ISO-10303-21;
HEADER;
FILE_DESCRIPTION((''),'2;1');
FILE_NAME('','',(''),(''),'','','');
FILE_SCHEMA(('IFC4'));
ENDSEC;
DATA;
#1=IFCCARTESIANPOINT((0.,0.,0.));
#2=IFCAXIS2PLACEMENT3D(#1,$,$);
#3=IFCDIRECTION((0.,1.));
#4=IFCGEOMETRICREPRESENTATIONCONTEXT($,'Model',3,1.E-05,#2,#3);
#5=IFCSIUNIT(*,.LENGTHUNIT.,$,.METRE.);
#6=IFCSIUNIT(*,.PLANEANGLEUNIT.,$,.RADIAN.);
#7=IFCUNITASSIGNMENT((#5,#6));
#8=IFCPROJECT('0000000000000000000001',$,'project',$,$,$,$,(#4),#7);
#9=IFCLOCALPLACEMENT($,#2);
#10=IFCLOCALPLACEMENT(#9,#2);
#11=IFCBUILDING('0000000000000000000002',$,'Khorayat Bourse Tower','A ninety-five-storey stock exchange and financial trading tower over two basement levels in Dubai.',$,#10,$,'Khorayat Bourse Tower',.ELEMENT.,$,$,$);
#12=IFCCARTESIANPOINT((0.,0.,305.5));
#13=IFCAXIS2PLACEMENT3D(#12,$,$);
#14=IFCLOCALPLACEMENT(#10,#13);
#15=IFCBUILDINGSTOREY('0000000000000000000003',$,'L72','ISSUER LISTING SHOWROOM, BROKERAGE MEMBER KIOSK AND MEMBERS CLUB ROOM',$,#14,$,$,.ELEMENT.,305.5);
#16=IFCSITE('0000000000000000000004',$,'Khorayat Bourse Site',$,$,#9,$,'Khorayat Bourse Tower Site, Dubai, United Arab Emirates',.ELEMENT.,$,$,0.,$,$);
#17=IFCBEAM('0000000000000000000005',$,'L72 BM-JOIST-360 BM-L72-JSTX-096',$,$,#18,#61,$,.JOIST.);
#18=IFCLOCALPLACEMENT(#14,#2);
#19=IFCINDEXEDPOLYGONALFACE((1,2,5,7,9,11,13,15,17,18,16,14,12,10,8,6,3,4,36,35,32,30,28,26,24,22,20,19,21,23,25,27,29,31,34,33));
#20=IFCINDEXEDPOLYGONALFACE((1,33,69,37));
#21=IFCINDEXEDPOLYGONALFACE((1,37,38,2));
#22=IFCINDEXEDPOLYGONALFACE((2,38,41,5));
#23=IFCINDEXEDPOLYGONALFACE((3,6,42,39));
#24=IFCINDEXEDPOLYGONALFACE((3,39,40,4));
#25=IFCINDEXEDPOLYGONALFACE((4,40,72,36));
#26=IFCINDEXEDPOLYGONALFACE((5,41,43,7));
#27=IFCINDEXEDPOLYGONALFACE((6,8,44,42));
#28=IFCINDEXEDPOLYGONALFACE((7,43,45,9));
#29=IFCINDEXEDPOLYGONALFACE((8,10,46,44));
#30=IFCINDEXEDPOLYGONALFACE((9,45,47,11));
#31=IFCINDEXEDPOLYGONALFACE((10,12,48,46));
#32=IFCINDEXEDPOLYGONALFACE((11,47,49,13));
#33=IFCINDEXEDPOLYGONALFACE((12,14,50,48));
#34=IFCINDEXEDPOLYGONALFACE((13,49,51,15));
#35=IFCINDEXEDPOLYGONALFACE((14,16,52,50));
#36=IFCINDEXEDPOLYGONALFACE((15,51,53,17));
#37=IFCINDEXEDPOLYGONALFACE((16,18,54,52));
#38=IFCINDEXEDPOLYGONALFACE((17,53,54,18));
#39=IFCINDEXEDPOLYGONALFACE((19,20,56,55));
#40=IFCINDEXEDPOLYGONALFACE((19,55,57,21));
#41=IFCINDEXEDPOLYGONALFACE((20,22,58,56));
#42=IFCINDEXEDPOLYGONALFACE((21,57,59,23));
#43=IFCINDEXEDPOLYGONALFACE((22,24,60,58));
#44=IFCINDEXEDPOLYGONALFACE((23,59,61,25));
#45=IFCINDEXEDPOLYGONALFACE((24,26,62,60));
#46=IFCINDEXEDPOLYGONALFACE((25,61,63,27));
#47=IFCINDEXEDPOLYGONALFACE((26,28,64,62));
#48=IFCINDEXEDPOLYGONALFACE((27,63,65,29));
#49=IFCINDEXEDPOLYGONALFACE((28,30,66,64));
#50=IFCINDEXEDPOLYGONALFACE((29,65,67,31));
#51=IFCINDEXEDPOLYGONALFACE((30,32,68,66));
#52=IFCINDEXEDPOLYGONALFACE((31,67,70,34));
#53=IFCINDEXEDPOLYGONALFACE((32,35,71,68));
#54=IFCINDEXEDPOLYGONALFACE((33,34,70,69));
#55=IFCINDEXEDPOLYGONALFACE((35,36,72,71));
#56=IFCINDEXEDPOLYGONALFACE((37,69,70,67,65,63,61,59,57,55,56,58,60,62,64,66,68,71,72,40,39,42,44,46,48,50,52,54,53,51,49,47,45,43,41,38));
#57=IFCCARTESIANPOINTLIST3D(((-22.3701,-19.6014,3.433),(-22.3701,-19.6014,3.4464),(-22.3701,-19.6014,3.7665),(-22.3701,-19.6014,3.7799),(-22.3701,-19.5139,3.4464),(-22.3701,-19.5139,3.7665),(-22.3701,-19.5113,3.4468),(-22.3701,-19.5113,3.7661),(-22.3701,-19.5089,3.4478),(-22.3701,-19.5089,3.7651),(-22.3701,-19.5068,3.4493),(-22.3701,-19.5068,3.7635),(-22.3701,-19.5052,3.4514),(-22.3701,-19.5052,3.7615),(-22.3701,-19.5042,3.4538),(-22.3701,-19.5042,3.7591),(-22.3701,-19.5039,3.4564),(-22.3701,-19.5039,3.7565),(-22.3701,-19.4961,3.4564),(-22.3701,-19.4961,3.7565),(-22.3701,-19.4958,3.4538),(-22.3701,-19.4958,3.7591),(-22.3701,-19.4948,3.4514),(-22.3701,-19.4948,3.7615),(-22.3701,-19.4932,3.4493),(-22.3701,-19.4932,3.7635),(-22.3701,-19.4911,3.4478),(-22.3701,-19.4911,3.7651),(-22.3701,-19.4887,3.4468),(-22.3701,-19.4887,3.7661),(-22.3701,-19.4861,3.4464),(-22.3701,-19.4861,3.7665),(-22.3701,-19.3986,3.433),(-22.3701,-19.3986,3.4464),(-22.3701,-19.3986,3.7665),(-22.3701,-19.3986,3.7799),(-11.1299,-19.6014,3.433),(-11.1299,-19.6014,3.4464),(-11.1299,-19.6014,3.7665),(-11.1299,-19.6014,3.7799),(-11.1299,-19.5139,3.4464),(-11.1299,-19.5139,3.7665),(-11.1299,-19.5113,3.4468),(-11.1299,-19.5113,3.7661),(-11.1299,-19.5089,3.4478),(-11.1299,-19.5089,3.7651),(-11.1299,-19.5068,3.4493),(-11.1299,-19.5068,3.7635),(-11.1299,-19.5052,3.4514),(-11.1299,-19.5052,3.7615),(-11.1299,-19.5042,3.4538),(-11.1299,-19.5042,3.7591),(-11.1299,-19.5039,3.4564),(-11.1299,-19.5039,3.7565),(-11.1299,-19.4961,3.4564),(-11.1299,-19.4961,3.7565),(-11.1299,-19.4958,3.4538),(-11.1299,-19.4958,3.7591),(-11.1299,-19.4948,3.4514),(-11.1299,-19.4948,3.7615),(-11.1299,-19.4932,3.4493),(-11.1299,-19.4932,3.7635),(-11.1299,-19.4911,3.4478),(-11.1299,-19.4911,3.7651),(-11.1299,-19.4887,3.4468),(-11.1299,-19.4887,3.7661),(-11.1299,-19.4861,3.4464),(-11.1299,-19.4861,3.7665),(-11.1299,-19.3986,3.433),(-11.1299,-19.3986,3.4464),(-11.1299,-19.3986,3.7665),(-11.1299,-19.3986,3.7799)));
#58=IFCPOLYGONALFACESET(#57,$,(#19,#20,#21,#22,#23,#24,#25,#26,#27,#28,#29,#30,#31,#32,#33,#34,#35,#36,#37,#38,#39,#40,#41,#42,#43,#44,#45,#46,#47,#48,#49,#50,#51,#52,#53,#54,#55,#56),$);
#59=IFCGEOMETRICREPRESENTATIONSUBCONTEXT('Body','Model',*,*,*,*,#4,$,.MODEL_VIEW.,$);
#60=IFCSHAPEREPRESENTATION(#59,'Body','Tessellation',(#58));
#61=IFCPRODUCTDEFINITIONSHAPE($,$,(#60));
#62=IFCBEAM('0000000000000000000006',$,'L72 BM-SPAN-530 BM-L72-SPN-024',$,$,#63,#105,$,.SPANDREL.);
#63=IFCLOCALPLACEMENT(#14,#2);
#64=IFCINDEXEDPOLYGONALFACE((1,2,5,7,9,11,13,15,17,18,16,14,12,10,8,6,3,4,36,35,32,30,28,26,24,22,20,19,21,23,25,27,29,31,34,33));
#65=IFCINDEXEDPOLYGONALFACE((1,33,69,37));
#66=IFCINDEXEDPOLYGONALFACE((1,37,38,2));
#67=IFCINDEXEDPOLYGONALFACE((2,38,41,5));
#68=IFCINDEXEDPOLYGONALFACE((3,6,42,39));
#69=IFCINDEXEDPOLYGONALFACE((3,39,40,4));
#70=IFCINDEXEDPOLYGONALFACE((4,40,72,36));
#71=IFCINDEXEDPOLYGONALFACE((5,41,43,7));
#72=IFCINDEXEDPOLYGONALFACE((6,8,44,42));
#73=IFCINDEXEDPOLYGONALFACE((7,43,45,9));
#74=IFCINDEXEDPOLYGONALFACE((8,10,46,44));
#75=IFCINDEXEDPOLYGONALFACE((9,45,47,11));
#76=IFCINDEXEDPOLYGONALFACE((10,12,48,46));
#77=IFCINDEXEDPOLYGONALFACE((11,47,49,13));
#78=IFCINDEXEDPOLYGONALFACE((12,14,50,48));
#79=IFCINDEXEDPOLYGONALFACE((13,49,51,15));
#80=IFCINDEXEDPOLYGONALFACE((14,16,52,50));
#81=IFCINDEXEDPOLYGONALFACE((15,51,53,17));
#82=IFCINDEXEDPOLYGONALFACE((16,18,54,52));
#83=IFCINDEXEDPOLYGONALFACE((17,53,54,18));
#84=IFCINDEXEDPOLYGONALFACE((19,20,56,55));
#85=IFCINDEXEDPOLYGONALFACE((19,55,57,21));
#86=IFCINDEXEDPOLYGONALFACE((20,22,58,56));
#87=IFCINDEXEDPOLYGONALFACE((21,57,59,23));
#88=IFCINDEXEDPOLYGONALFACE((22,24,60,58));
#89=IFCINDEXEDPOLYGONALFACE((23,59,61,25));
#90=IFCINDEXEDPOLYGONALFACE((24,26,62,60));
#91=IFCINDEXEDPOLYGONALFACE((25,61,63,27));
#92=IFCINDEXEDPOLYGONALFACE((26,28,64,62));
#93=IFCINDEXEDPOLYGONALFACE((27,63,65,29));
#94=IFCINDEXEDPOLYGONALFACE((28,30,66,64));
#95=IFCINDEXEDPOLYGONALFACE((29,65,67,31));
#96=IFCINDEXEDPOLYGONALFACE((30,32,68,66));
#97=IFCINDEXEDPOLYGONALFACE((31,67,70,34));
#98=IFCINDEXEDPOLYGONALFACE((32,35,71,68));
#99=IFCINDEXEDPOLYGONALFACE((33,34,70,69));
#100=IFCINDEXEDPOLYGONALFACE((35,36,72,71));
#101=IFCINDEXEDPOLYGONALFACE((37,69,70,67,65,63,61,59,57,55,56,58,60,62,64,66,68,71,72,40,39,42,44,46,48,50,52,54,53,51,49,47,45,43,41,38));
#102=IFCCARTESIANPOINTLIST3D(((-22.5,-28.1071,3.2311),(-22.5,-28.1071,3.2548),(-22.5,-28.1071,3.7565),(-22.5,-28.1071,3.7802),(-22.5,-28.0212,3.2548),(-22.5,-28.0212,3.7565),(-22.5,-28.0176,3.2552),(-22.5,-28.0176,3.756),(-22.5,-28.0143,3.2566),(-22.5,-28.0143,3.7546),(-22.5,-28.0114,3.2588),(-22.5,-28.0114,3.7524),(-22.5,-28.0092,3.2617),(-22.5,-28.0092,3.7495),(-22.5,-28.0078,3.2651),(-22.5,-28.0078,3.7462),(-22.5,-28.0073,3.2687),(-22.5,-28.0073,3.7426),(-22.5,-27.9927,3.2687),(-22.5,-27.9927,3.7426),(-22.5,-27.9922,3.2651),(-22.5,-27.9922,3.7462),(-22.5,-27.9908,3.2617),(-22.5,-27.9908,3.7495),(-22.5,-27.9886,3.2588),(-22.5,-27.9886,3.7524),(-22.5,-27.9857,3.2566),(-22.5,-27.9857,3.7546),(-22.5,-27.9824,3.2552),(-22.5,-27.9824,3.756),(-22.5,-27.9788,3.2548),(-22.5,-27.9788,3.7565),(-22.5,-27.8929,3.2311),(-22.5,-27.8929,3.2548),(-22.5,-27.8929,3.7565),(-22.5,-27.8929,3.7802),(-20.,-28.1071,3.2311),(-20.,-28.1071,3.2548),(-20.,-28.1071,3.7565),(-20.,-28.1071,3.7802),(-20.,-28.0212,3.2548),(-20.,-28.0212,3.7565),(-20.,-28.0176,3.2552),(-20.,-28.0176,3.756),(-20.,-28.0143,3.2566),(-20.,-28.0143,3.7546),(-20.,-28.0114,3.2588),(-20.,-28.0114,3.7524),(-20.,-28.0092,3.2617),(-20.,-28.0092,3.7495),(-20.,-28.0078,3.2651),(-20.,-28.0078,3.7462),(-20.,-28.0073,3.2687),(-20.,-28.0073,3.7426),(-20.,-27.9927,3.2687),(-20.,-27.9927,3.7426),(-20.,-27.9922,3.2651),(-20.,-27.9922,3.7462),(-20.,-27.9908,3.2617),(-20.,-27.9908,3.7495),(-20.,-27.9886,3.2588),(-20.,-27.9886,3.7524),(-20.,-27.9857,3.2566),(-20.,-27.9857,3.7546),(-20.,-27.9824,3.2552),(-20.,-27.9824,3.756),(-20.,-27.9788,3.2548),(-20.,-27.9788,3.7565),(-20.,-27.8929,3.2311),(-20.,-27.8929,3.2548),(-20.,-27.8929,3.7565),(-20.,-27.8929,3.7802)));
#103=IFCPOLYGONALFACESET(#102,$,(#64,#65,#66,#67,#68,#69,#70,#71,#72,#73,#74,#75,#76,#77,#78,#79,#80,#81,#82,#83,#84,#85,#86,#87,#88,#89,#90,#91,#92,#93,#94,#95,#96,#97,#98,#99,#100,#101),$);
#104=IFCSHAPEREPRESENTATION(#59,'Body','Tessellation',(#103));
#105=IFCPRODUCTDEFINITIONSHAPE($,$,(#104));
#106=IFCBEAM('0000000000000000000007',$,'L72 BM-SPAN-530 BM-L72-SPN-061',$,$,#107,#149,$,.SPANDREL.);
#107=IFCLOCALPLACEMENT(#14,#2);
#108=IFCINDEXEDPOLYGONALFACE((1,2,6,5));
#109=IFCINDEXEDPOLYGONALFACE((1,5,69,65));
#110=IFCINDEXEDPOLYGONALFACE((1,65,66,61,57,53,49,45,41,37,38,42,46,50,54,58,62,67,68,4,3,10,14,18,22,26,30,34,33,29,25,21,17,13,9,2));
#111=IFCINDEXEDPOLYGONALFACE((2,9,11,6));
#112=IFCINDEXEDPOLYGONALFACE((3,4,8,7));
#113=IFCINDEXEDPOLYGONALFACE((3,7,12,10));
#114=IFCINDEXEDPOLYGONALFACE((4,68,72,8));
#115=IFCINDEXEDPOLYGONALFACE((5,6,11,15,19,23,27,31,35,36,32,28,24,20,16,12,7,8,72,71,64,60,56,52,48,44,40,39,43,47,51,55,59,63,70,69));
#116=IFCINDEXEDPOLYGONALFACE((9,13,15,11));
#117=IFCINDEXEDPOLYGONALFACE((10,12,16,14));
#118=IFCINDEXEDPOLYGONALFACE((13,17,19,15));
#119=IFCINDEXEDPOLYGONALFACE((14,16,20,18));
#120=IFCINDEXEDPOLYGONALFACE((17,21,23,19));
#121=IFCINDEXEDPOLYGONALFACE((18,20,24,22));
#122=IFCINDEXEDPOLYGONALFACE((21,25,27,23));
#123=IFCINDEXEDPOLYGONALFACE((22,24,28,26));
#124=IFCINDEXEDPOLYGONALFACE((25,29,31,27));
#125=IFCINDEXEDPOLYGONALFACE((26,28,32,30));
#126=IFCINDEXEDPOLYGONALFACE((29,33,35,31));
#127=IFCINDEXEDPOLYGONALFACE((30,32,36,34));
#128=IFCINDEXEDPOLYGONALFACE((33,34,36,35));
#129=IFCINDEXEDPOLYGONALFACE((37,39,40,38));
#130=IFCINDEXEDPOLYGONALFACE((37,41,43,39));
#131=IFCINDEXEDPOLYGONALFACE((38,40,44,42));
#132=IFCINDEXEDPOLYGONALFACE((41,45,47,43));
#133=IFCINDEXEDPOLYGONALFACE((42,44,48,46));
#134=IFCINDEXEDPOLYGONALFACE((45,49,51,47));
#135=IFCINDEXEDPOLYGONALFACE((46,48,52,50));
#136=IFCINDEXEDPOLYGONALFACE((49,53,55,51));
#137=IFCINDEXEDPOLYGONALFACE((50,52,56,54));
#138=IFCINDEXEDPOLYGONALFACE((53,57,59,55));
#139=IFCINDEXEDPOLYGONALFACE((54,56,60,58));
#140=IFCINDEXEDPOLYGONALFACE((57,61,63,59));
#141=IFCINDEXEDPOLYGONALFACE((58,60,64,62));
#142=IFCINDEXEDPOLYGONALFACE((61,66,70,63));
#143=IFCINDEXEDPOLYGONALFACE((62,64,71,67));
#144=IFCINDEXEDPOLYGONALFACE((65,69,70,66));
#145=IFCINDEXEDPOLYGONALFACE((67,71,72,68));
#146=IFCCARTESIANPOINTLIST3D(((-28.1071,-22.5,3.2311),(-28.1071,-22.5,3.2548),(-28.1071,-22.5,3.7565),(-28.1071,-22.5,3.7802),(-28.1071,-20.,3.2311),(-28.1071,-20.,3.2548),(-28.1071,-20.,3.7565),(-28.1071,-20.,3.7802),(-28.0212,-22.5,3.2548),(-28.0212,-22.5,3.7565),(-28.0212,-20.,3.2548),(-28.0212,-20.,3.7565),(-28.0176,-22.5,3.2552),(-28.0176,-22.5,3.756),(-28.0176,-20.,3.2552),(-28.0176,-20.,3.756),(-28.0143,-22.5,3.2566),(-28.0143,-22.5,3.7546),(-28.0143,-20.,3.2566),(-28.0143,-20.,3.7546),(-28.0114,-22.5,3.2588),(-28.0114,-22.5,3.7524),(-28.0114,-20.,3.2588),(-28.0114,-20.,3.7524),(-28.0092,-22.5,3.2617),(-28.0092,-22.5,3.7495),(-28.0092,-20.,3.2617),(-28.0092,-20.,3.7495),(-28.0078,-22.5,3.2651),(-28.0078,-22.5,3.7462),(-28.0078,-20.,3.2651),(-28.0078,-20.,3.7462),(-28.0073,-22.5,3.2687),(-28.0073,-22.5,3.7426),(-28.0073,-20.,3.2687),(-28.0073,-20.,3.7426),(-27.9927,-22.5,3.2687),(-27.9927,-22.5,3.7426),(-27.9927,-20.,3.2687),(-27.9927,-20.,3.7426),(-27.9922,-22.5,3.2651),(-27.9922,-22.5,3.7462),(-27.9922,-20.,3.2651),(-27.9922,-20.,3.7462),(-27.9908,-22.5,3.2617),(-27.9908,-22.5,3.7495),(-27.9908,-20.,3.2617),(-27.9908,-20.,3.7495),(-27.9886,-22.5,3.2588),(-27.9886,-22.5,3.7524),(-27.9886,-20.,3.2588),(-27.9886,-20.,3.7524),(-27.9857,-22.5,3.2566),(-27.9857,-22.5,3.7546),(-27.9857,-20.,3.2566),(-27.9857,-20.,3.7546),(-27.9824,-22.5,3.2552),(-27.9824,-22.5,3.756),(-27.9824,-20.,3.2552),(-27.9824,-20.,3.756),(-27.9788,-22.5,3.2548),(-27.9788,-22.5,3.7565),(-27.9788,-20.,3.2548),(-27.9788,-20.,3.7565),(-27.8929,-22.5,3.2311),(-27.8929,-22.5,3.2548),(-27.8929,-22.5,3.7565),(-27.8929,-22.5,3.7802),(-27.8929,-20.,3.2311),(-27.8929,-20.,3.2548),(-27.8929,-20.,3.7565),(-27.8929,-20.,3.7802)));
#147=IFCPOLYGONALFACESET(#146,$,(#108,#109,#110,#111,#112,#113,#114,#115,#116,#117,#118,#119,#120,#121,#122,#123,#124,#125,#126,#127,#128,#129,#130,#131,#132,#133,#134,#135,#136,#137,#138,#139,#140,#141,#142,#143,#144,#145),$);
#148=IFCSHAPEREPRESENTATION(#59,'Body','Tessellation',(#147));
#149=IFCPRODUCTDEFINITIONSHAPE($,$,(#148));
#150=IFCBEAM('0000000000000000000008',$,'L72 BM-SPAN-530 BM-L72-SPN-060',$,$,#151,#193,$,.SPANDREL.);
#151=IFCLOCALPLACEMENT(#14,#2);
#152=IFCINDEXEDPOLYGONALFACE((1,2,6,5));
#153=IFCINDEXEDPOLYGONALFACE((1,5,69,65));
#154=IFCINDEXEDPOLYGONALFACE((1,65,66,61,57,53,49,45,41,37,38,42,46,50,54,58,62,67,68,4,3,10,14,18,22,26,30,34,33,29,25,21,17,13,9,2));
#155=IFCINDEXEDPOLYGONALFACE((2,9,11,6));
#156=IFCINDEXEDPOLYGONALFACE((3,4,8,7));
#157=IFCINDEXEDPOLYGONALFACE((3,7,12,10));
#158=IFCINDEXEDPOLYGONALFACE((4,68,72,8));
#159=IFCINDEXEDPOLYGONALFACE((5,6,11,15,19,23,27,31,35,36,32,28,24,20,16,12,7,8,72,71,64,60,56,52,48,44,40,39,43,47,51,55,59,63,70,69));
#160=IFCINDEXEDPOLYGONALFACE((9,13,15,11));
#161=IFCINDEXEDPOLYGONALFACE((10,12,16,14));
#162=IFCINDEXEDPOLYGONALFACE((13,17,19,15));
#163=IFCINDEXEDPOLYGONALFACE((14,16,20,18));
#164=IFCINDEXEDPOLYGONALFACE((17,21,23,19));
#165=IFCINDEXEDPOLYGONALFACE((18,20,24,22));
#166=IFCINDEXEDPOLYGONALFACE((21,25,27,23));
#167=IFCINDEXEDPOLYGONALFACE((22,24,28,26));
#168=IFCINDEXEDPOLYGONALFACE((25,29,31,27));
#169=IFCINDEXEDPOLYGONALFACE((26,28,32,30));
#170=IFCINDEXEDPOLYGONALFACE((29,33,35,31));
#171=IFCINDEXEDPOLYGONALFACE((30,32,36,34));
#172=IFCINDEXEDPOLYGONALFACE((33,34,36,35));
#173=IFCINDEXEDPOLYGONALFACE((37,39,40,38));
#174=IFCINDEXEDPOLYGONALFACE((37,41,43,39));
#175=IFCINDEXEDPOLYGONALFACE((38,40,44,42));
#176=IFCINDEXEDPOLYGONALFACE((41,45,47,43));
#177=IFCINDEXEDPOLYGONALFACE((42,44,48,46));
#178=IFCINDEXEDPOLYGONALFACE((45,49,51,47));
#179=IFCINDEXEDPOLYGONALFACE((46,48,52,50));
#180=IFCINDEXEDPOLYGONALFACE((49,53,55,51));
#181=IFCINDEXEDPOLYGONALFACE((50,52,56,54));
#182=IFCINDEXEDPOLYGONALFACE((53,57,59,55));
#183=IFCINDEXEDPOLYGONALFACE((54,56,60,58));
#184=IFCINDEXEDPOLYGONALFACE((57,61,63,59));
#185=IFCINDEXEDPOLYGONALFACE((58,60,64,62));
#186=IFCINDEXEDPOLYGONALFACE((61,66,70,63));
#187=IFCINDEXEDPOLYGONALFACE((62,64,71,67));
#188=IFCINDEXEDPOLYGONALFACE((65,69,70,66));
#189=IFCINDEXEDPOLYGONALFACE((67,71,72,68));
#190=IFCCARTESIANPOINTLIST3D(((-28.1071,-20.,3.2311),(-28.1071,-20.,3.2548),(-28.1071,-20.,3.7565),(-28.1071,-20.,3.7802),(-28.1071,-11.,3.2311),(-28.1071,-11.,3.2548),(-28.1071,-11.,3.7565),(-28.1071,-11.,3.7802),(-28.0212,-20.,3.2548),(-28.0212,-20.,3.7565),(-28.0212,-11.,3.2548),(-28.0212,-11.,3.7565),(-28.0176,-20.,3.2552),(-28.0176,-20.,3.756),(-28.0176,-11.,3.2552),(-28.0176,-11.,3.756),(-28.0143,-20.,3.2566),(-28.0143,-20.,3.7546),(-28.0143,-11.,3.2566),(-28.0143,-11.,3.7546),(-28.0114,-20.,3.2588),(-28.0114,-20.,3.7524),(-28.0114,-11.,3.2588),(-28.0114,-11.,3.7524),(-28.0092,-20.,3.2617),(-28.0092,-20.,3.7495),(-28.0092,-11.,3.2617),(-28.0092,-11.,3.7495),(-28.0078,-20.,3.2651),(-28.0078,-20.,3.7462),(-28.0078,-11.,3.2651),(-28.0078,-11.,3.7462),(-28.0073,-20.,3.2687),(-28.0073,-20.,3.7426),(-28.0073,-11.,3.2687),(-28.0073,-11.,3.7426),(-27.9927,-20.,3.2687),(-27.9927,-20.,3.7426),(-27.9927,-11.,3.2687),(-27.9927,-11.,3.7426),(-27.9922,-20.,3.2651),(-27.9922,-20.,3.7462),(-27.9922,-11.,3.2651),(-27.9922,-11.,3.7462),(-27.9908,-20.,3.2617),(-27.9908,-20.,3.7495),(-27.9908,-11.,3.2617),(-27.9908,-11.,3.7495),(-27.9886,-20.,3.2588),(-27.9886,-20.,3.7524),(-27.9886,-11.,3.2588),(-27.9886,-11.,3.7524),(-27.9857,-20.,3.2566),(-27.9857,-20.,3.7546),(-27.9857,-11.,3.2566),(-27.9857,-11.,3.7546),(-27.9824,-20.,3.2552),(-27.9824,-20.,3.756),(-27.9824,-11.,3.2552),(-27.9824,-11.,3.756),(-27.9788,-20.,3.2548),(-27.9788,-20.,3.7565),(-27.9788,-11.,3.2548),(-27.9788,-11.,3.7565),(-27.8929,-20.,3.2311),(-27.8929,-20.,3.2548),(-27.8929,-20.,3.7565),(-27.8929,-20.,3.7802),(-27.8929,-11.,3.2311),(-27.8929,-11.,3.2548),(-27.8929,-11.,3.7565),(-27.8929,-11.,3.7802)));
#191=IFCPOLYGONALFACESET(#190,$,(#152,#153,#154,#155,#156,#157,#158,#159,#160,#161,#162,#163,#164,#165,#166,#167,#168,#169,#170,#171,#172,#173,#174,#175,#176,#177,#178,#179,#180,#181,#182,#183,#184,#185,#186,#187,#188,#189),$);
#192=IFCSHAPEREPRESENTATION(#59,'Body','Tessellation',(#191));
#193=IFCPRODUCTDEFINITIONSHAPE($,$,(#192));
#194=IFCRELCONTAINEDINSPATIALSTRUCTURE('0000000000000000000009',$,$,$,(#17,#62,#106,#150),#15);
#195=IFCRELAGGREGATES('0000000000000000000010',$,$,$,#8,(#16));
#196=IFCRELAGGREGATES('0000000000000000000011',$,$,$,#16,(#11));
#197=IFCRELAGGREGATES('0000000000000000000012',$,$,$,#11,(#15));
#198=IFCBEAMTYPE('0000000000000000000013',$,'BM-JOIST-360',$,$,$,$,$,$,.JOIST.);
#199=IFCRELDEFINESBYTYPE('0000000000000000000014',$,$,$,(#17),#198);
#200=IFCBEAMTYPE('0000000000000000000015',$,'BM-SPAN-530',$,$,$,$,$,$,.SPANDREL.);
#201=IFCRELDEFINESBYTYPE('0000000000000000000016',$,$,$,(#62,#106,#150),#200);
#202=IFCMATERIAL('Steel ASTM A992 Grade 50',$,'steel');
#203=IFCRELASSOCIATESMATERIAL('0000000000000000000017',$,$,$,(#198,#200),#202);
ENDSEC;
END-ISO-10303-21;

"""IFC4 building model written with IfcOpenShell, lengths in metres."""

from ifc_helpers import new_model, si_unit, direction, frame, origin, origin_2d, place, context, subcontext, project, spatial, i_section, extrude, source, transform, mapped, material, material_profile, profile_set, type_object, element, save


model = new_model("IFC4")

# Units and contexts
model_context = context("Model", 3, precision=1e-05, world=origin(), true_north=direction((0.0, 1.0)))
body_context = subcontext(model_context, "Body", "Model", "MODEL_VIEW")
ifc_project = project(units=[si_unit("LENGTHUNIT", "METRE"), si_unit("PLANEANGLEUNIT", "RADIAN")], contexts=[model_context])

# Site, building, storey
site_placement = place(None, origin())
site = spatial("IfcSite", under=ifc_project, at=site_placement, Name="Khorayat Bourse Site", LongName="Khorayat Bourse Tower Site, Dubai, United Arab Emirates", CompositionType="ELEMENT", RefElevation=0.0)
building_placement = place(site_placement, origin())
building = spatial("IfcBuilding", under=site, at=building_placement, Name="Khorayat Bourse Tower", Description="A ninety-five-storey stock exchange and financial trading tower over two basement levels in Dubai.", LongName="Khorayat Bourse Tower", CompositionType="ELEMENT")
storey_placement = place(building_placement, frame((0.0, 0.0, 305.5)))
storey = spatial("IfcBuildingStorey", under=building, at=storey_placement, Name="L72", Description="ISSUER LISTING SHOWROOM, BROKERAGE MEMBER KIOSK AND MEMBERS CLUB ROOM", CompositionType="ELEMENT", Elevation=305.5)

# Beams
ifc_material_1 = material(Name="Steel ASTM A992 Grade 50", Category="steel")
ifc_material_profile_1 = material_profile(ifc_material_1, i_section(OverallWidth=0.2029, OverallDepth=0.3469, WebThickness=0.0078, FlangeThickness=0.0134, FilletRadius=0.01, at=origin_2d()), Name="W360X64")
ifc_profile_set_1 = profile_set([ifc_material_profile_1], Name="Steel ASTM A992 Grade 50")
beam_type_1 = type_object("IfcBeamType", Name="BM-JOIST-360", PredefinedType="JOIST", material=ifc_profile_set_1)
shared_shape_1 = source(origin(), body_context, "Body", "SweptSolid", [
    extrude(i_section(OverallWidth=0.2029, OverallDepth=0.3469, WebThickness=0.0078, FlangeThickness=0.0134, FilletRadius=0.01, at=origin_2d()), origin(), (0.0, 0.0, 1.0), 11.2402),
])
beam_1_placement = place(storey_placement, frame((-22.3701, -19.5, 3.6064), z_axis=(1.0, 0.0, 0.0), x_axis=(0.0, 1.0, 0.0)))
element("IfcBeam", 1, at=beam_1_placement, inside=storey, type_object=beam_type_1, Name="L72 BM-JOIST-360 BM-L72-JSTX-096", PredefinedType="JOIST", context=body_context, shape_type="MappedRepresentation", body=[
    mapped(shared_shape_1, transform((0.0, 0.0, 0.0), scale=1.0)),
])
ifc_material_profile_2 = material_profile(ifc_material_1, i_section(OverallWidth=0.2141, OverallDepth=0.5491, WebThickness=0.0146, FlangeThickness=0.0237, FilletRadius=0.0139, at=origin_2d()), Name="W530X138")
ifc_profile_set_2 = profile_set([ifc_material_profile_2], Name="Steel ASTM A992 Grade 50")
beam_type_2 = type_object("IfcBeamType", Name="BM-SPAN-530", PredefinedType="SPANDREL", material=ifc_profile_set_2)
shared_shape_2 = source(origin(), body_context, "Body", "SweptSolid", [
    extrude(i_section(OverallWidth=0.2141, OverallDepth=0.5491, WebThickness=0.0146, FlangeThickness=0.0237, FilletRadius=0.0139, at=origin_2d()), origin(), (0.0, 0.0, 1.0), 2.5),
])
for number, where, z_axis, x_axis, name in (
    (2, (-22.5, -28.0, 3.5056), (1.0, 0.0, 0.0), (0.0, 1.0, 0.0), "L72 BM-SPAN-530 BM-L72-SPN-024"),
    (3, (-28.0, -22.5, 3.5056), (0.0, 1.0, 0.0), (-1.0, 0.0, 0.0), "L72 BM-SPAN-530 BM-L72-SPN-061"),
):
    element("IfcBeam", number, at=place(storey_placement, frame(where, z_axis=z_axis, x_axis=x_axis)), inside=storey, type_object=beam_type_2, Name=name, PredefinedType="SPANDREL", context=body_context, shape_type="MappedRepresentation", body=[
        mapped(shared_shape_2, transform((0.0, 0.0, 0.0), scale=1.0)),
    ])
shared_shape_3 = source(origin(), body_context, "Body", "SweptSolid", [
    extrude(i_section(OverallWidth=0.2141, OverallDepth=0.5491, WebThickness=0.0146, FlangeThickness=0.0237, FilletRadius=0.0139, at=origin_2d()), origin(), (0.0, 0.0, 1.0), 9.0),
])
beam_2_placement = place(storey_placement, frame((-28.0, -20.0, 3.5056), z_axis=(0.0, 1.0, 0.0), x_axis=(-1.0, 0.0, 0.0)))
element("IfcBeam", 4, at=beam_2_placement, inside=storey, type_object=beam_type_2, Name="L72 BM-SPAN-530 BM-L72-SPN-060", PredefinedType="SPANDREL", context=body_context, shape_type="MappedRepresentation", body=[
    mapped(shared_shape_3, transform((0.0, 0.0, 0.0), scale=1.0)),
])

save(model, "model.ifc")
